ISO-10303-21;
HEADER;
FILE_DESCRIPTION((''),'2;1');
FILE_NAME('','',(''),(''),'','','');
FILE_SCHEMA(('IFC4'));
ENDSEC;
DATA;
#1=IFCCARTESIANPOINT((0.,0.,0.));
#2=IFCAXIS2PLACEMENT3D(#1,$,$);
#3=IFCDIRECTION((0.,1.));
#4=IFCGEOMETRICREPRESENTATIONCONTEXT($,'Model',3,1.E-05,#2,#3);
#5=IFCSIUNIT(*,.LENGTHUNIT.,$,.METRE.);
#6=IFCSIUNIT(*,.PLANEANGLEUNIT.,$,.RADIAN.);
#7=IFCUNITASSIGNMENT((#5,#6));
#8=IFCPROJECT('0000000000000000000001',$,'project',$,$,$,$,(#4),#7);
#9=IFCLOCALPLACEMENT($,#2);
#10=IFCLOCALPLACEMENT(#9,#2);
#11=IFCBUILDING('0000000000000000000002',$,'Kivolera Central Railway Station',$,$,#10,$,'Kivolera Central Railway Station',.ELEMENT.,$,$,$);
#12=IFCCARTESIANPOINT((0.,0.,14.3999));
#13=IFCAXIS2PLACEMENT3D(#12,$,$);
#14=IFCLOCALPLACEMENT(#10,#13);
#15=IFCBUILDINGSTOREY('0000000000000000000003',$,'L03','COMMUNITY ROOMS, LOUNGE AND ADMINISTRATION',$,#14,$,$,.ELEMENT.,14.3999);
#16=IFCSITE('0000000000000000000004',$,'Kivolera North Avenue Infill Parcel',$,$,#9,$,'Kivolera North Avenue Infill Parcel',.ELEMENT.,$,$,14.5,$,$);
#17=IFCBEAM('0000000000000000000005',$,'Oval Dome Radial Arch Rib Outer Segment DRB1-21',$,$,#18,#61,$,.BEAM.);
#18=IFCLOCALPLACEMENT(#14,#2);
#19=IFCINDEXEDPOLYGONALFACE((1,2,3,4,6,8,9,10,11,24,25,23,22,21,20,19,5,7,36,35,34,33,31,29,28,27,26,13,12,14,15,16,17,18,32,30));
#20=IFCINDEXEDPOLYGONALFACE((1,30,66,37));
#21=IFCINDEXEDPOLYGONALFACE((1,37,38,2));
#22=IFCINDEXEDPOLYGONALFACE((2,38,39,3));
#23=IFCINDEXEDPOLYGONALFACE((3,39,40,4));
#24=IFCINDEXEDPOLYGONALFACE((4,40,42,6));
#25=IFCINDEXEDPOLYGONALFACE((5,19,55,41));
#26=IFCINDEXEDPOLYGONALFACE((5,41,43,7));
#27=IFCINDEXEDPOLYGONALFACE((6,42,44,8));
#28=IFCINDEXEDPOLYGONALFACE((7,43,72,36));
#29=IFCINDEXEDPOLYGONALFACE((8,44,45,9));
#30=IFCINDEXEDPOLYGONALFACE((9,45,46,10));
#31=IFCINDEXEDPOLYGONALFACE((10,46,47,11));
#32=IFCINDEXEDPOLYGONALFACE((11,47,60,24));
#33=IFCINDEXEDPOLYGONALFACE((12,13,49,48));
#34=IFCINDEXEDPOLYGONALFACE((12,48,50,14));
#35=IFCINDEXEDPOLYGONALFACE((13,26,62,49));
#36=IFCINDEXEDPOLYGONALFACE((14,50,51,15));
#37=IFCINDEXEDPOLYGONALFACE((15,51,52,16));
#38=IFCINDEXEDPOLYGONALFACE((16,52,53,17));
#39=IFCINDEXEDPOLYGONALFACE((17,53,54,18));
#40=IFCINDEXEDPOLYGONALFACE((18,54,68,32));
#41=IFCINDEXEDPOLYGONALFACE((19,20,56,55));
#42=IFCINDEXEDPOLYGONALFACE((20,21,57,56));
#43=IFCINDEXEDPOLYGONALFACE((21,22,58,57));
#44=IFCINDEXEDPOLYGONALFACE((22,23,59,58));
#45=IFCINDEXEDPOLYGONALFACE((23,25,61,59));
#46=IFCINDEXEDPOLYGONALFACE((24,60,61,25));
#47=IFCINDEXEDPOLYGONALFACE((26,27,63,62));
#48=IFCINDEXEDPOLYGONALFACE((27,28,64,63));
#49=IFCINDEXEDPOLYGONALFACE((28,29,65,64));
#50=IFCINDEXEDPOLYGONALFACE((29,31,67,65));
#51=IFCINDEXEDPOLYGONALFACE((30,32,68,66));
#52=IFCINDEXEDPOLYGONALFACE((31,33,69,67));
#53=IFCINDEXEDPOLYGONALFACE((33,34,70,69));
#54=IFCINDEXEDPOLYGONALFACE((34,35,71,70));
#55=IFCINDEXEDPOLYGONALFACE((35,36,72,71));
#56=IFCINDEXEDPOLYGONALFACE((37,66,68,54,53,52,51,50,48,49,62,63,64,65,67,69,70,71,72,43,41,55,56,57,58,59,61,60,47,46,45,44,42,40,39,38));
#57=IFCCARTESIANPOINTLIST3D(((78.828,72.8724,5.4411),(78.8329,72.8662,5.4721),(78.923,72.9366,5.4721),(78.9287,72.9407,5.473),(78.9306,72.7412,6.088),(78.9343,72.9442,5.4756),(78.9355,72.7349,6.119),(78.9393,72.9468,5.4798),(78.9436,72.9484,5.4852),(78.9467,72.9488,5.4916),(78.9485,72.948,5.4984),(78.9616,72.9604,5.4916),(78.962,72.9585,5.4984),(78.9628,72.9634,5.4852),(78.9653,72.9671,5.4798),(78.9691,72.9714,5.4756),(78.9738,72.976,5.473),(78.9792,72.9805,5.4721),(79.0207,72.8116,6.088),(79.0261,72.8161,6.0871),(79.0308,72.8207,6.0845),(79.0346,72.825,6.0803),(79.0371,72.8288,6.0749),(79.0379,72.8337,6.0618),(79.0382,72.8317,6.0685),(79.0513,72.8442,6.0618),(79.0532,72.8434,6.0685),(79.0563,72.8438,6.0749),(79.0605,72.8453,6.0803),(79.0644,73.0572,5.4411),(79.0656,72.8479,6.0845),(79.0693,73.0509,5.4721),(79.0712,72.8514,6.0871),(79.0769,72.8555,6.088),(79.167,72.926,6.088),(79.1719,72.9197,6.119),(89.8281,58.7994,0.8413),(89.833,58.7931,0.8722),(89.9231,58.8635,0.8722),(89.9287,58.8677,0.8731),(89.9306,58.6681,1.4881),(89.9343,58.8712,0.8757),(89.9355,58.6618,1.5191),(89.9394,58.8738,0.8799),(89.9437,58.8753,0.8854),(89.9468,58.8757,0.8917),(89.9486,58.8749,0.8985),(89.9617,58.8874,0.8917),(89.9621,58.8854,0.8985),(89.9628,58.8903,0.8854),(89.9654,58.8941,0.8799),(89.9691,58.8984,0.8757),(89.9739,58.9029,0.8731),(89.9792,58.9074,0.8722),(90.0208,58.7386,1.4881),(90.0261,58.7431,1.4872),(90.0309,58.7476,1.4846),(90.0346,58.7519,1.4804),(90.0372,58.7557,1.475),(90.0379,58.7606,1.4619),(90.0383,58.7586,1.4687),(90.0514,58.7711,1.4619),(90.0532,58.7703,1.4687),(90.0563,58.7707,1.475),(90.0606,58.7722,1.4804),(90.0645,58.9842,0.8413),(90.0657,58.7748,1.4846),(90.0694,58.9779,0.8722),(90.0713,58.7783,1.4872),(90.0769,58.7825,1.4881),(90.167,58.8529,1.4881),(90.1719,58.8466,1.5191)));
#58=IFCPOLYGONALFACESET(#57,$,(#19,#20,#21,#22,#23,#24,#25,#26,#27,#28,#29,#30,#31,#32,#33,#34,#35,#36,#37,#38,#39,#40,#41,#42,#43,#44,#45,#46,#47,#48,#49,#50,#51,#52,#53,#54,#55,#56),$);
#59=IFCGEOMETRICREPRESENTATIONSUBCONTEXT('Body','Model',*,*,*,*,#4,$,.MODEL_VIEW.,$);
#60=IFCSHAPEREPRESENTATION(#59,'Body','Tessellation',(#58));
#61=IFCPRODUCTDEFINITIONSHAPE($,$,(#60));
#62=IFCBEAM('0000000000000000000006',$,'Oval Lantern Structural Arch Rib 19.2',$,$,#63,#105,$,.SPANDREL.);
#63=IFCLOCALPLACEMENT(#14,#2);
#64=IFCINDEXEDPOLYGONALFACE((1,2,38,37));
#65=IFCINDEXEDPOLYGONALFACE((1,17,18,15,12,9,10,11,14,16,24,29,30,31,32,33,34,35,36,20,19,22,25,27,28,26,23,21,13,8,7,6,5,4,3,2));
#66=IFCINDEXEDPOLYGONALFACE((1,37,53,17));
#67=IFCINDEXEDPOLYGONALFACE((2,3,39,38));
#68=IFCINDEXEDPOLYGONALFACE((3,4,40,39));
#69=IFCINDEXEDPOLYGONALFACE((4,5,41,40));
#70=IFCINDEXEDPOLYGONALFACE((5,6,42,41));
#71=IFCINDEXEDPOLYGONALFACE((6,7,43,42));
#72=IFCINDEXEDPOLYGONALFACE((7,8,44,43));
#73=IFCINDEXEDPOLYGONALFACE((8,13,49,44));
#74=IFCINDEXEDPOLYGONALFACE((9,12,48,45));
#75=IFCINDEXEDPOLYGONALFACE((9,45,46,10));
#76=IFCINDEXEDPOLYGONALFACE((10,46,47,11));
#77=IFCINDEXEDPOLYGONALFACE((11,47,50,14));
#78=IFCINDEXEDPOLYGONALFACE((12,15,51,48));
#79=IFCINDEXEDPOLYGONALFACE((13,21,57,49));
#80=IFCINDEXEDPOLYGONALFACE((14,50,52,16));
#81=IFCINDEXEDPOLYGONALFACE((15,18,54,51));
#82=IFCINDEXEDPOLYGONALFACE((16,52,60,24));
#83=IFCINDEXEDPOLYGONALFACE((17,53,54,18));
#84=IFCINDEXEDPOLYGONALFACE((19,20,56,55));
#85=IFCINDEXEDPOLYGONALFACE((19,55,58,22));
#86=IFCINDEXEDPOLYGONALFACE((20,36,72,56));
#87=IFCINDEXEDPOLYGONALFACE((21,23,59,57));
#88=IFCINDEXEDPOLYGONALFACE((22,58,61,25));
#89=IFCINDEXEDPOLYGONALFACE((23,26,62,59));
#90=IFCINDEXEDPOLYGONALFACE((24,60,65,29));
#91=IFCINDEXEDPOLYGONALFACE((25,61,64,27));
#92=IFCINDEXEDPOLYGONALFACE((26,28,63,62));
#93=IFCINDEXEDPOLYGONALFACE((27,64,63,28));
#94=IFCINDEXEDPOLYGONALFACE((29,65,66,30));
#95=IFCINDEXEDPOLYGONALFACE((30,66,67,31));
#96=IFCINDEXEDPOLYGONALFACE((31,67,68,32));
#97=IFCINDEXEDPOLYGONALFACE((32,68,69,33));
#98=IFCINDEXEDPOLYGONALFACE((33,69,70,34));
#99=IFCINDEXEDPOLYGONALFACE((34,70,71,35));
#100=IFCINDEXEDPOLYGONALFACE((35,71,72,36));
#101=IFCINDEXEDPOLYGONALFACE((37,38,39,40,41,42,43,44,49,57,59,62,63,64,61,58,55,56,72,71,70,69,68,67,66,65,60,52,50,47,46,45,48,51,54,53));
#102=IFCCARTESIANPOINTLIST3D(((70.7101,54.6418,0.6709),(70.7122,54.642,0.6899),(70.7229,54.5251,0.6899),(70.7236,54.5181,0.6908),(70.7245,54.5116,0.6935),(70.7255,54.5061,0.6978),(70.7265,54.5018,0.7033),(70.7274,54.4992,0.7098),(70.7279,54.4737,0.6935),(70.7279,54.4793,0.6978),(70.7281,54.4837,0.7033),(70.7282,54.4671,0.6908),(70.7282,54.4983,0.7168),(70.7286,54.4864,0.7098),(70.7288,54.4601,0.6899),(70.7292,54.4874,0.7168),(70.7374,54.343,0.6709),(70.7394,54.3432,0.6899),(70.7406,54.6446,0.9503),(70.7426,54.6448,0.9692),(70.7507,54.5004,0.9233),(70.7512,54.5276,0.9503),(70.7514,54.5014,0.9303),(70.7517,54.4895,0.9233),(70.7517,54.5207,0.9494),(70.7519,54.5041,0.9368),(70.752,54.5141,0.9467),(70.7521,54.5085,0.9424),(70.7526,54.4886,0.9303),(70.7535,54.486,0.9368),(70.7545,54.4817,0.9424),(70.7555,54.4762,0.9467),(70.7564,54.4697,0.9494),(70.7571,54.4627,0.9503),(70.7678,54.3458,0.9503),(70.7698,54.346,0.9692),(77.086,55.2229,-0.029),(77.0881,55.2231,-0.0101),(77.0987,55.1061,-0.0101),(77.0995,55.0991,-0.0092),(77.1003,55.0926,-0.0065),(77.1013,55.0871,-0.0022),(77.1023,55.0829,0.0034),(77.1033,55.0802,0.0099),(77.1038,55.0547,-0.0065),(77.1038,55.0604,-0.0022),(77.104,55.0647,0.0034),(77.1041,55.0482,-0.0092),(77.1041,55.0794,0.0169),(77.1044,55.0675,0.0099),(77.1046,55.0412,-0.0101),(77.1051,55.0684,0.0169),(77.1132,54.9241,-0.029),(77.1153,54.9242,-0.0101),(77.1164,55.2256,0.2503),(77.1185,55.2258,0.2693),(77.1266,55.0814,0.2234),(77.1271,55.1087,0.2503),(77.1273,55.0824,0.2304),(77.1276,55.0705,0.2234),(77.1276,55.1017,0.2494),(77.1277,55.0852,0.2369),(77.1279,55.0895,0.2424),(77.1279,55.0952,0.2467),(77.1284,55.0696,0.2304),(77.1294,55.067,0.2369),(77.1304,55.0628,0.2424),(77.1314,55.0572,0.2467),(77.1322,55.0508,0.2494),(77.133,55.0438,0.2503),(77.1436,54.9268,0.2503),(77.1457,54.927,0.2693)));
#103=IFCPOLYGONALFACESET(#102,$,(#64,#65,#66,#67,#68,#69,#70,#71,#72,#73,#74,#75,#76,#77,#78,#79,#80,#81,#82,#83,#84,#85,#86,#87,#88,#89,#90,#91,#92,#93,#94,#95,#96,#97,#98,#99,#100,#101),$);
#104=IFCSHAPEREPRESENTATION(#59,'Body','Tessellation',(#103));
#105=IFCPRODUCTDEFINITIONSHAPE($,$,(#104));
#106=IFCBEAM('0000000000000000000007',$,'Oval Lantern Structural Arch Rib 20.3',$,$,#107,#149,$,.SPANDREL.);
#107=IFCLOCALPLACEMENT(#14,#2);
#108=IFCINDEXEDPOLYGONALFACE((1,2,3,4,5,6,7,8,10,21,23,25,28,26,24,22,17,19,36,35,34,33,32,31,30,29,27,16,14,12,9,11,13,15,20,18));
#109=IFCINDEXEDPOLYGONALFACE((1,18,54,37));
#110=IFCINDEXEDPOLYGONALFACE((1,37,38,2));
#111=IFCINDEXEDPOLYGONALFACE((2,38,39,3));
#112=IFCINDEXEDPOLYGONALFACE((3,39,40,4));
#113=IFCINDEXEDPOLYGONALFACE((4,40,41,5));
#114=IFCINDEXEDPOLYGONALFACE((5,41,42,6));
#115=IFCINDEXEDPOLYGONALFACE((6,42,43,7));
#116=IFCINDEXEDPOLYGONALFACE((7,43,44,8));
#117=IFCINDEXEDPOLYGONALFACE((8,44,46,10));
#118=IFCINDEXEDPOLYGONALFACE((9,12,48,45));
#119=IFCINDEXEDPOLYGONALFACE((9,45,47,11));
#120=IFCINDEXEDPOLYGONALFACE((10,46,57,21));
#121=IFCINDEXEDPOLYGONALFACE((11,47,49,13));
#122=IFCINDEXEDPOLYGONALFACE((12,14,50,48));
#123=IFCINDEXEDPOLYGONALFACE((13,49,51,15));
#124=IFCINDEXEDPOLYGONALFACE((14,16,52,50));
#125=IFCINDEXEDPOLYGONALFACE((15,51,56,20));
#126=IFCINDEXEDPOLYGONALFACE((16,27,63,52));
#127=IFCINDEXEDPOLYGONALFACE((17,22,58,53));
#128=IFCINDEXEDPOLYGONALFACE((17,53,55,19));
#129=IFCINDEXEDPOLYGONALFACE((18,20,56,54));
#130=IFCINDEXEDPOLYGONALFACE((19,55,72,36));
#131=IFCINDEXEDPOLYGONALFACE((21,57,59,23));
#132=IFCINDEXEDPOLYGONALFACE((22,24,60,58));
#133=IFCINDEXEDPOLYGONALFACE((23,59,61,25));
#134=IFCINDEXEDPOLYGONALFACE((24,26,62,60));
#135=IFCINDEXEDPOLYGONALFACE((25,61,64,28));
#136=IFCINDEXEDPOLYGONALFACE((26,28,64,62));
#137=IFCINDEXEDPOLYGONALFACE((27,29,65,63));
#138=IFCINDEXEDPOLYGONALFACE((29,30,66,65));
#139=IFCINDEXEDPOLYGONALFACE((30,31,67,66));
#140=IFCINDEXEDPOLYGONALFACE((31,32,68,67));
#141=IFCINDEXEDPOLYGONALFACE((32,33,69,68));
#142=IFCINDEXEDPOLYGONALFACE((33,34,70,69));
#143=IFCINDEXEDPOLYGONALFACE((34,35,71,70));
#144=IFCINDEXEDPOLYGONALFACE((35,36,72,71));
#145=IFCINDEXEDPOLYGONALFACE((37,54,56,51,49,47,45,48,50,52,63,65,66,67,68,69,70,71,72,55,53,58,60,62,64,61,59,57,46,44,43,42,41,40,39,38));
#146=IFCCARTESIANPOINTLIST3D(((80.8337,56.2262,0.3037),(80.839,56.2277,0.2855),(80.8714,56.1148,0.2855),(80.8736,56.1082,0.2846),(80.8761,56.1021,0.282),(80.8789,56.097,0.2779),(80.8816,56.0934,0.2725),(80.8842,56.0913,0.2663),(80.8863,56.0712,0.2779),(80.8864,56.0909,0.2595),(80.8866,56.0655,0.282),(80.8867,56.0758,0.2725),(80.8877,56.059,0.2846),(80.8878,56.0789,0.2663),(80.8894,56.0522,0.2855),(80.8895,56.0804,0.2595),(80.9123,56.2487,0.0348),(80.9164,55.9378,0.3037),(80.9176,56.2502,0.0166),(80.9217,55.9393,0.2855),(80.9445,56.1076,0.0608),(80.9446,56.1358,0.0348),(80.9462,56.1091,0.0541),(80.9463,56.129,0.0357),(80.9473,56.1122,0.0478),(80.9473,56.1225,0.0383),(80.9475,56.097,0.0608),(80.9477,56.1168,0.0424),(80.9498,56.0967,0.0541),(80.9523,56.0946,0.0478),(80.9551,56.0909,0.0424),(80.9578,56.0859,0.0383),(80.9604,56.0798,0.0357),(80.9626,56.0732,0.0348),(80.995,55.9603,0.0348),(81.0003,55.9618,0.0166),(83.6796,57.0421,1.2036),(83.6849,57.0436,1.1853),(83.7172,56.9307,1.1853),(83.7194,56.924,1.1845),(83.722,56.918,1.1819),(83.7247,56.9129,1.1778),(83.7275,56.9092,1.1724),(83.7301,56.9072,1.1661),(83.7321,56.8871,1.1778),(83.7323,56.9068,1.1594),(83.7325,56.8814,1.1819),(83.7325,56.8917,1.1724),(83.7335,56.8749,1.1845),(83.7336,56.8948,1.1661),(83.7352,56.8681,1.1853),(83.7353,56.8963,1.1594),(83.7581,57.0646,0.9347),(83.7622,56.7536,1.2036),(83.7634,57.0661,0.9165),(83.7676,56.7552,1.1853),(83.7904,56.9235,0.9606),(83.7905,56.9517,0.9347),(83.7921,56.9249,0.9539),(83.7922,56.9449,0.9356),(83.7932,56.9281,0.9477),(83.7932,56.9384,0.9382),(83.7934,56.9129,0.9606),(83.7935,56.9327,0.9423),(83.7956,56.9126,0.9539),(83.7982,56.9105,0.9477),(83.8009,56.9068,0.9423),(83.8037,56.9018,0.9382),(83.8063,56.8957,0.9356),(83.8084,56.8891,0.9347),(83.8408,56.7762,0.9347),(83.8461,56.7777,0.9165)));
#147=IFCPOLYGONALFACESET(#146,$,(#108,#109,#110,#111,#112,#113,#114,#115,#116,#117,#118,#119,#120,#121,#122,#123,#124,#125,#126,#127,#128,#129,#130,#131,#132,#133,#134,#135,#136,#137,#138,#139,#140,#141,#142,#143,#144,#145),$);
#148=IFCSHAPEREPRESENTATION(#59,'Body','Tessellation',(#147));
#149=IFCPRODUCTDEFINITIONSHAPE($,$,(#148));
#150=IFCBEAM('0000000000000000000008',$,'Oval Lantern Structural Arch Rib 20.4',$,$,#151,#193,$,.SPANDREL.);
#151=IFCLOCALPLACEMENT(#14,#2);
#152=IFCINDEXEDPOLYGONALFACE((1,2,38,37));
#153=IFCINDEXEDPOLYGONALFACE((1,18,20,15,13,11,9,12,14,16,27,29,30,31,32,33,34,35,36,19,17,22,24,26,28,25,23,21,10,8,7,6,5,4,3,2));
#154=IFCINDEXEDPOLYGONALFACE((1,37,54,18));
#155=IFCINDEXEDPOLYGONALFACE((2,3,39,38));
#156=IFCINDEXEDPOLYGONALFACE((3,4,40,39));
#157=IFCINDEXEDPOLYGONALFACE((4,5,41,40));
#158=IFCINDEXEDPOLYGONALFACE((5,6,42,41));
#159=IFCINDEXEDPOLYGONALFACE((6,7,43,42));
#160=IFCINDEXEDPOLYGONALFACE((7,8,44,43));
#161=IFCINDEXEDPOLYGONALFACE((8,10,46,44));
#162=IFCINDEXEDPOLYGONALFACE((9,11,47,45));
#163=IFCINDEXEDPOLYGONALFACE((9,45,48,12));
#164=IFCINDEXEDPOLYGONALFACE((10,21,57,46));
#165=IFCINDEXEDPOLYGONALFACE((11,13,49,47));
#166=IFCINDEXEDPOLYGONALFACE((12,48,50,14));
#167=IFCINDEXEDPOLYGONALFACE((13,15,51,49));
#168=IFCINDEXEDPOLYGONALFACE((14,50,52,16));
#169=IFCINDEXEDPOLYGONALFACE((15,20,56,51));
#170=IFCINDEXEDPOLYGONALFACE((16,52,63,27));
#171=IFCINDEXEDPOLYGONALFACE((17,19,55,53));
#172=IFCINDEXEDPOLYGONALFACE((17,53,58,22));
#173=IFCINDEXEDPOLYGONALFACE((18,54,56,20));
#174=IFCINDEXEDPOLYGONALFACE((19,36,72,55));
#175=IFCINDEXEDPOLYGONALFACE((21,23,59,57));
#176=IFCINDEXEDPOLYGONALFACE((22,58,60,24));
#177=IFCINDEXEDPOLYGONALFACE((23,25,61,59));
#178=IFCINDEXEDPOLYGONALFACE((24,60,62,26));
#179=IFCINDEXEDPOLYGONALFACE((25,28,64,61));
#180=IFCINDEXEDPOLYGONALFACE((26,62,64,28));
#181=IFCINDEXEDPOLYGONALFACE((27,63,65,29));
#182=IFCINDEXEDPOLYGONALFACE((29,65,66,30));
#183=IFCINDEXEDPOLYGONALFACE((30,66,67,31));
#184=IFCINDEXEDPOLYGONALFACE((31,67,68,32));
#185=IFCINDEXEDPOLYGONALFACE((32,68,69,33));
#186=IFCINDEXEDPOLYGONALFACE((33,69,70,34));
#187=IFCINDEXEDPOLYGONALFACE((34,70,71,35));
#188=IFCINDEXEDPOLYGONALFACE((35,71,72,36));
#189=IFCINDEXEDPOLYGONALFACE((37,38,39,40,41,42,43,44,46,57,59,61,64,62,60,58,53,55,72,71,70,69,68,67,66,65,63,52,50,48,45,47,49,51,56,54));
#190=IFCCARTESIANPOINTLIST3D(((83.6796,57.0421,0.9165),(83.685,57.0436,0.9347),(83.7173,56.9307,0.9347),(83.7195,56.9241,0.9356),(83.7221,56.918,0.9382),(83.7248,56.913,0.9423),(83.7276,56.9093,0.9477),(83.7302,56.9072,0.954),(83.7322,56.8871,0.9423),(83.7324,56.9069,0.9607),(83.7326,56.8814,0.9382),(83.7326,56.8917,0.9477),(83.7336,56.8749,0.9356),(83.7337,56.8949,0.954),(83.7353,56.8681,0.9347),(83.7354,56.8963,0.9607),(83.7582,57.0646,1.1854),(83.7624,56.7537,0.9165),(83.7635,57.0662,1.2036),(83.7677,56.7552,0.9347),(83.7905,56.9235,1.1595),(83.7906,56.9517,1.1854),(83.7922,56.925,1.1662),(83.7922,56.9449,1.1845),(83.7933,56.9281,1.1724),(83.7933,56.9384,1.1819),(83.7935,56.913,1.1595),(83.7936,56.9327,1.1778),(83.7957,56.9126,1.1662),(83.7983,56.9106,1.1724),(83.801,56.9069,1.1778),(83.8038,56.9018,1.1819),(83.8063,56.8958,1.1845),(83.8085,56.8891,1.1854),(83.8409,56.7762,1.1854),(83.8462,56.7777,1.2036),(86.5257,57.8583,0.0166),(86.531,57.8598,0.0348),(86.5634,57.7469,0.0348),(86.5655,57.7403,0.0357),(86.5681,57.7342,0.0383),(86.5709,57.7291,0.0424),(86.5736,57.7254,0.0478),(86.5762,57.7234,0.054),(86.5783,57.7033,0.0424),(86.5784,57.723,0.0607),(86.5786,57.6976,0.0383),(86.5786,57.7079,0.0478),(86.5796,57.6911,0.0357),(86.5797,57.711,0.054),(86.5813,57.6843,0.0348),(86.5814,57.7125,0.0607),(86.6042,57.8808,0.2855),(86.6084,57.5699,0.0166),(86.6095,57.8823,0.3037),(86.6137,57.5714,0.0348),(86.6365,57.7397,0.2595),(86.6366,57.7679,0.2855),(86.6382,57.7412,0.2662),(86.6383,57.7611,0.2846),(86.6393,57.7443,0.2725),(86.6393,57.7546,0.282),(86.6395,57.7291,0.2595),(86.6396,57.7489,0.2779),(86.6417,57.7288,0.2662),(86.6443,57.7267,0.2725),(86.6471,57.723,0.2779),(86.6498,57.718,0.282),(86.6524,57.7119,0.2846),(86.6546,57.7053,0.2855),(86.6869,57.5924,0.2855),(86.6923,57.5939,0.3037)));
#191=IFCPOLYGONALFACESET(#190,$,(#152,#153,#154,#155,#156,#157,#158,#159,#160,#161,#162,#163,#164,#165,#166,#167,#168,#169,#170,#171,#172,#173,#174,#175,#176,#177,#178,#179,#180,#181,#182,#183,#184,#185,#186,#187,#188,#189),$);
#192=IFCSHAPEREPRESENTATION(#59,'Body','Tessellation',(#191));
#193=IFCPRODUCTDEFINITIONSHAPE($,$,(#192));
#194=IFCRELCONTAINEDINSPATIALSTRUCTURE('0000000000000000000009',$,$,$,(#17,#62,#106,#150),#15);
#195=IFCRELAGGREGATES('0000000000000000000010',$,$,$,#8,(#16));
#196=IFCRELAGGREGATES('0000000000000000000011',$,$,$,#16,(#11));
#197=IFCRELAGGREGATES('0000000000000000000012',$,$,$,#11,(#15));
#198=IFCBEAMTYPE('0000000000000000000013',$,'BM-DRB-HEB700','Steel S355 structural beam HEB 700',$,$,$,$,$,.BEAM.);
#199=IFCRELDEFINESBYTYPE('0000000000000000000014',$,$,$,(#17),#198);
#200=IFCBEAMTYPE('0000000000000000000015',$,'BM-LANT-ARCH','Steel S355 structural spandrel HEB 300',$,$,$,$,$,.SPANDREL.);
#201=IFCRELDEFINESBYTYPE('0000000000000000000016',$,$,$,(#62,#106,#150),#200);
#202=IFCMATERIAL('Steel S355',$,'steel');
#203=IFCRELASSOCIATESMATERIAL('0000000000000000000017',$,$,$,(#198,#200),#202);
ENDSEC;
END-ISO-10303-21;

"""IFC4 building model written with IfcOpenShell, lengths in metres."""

from ifc_helpers import new_model, si_unit, direction, frame, origin, origin_2d, place, context, subcontext, project, spatial, i_section, extrude, material, material_profile, profile_set, type_object, element, save


model = new_model("IFC4")

# Units and contexts
model_context = context("Model", 3, precision=1e-05, world=origin(), true_north=direction((0.0, 1.0)))
body_context = subcontext(model_context, "Body", "Model", "MODEL_VIEW")
ifc_project = project(units=[si_unit("LENGTHUNIT", "METRE"), si_unit("PLANEANGLEUNIT", "RADIAN")], contexts=[model_context])

# Site, building, storey
site_placement = place(None, origin())
site = spatial("IfcSite", under=ifc_project, at=site_placement, Name="Kivolera North Avenue Infill Parcel", LongName="Kivolera North Avenue Infill Parcel", CompositionType="ELEMENT", RefElevation=14.5)
building_placement = place(site_placement, origin())
building = spatial("IfcBuilding", under=site, at=building_placement, Name="Kivolera Central Railway Station", LongName="Kivolera Central Railway Station", CompositionType="ELEMENT")
storey_placement = place(building_placement, frame((0.0, 0.0, 14.3999)))
storey = spatial("IfcBuildingStorey", under=building, at=storey_placement, Name="L03", Description="COMMUNITY ROOMS, LOUNGE AND ADMINISTRATION", CompositionType="ELEMENT", Elevation=14.3999)

# Beams
ifc_material_1 = material(Name="Steel S355", Category="steel")
ifc_material_profile_1 = material_profile(ifc_material_1, i_section(OverallWidth=0.3, OverallDepth=0.7, WebThickness=0.0171, FlangeThickness=0.032, FilletRadius=0.0271, at=origin_2d()), Name="HEB 700")
ifc_profile_set_1 = profile_set([ifc_material_profile_1], Name="Steel S355")
beam_type_1 = type_object("IfcBeamType", Name="BM-DRB-HEB700", Description="Steel S355 structural beam HEB 700", PredefinedType="BEAM", material=ifc_profile_set_1)
beam_1_placement = place(storey_placement, frame((90.0, 58.823, 1.1802), z_axis=(-0.596376, 0.762982, 0.249386), x_axis=(-0.787876, -0.615834, 0.0)))
element("IfcBeam", 1, at=beam_1_placement, inside=storey, type_object=beam_type_1, Name="Oval Dome Radial Arch Rib Outer Segment DRB1-21", PredefinedType="BEAM", context=body_context, shape_type="SweptSolid", body=[
    extrude(i_section(OverallWidth=0.3, OverallDepth=0.7, WebThickness=0.0171, FlangeThickness=0.032, FilletRadius=0.0271, at=origin_2d()), origin(), (0.0, 0.0, 1.0), 18.4448),
])
ifc_material_profile_2 = material_profile(ifc_material_1, i_section(OverallWidth=0.3, OverallDepth=0.3, WebThickness=0.011, FlangeThickness=0.019, FilletRadius=0.0271, at=origin_2d()), Name="HEB 300")
ifc_profile_set_2 = profile_set([ifc_material_profile_2], Name="Steel S355")
beam_type_2 = type_object("IfcBeamType", Name="BM-LANT-ARCH", Description="Steel S355 structural spandrel HEB 300", PredefinedType="SPANDREL", material=ifc_profile_set_2)
beam_2_placement = place(storey_placement, frame((70.74, 54.4939, 0.8201), z_axis=(0.989975, 0.090218, -0.108679), x_axis=(-0.090756, 0.995873, 0.0)))
element("IfcBeam", 2, at=beam_2_placement, inside=storey, type_object=beam_type_2, Name="Oval Lantern Structural Arch Rib 19.2", PredefinedType="SPANDREL", context=body_context, shape_type="SweptSolid", body=[
    extrude(i_section(OverallWidth=0.3, OverallDepth=0.3, WebThickness=0.011, FlangeThickness=0.019, FilletRadius=0.0271, at=origin_2d()), origin(), (0.0, 0.0, 1.0), 6.4404),
])
beam_3_placement = place(storey_placement, frame((80.917, 56.094, 0.1602), z_axis=(0.919726, 0.26368, 0.290822), x_axis=(-0.275592, 0.961275, 0.0)))
element("IfcBeam", 3, at=beam_3_placement, inside=storey, type_object=beam_type_2, Name="Oval Lantern Structural Arch Rib 20.3", PredefinedType="SPANDREL", context=body_context, shape_type="SweptSolid", body=[
    extrude(i_section(OverallWidth=0.3, OverallDepth=0.3, WebThickness=0.011, FlangeThickness=0.019, FilletRadius=0.0271, at=origin_2d()), origin(), (0.0, 0.0, 1.0), 3.0942),
])
beam_4_placement = place(storey_placement, frame((83.7629, 56.9099, 1.0601), z_axis=(0.919707, 0.263754, -0.290816), x_axis=(-0.275669, 0.961253, 0.0)))
element("IfcBeam", 4, at=beam_4_placement, inside=storey, type_object=beam_type_2, Name="Oval Lantern Structural Arch Rib 20.4", PredefinedType="SPANDREL", context=body_context, shape_type="SweptSolid", body=[
    extrude(i_section(OverallWidth=0.3, OverallDepth=0.3, WebThickness=0.011, FlangeThickness=0.019, FilletRadius=0.0271, at=origin_2d()), origin(), (0.0, 0.0, 1.0), 3.0945),
])

save(model, "model.ifc")
